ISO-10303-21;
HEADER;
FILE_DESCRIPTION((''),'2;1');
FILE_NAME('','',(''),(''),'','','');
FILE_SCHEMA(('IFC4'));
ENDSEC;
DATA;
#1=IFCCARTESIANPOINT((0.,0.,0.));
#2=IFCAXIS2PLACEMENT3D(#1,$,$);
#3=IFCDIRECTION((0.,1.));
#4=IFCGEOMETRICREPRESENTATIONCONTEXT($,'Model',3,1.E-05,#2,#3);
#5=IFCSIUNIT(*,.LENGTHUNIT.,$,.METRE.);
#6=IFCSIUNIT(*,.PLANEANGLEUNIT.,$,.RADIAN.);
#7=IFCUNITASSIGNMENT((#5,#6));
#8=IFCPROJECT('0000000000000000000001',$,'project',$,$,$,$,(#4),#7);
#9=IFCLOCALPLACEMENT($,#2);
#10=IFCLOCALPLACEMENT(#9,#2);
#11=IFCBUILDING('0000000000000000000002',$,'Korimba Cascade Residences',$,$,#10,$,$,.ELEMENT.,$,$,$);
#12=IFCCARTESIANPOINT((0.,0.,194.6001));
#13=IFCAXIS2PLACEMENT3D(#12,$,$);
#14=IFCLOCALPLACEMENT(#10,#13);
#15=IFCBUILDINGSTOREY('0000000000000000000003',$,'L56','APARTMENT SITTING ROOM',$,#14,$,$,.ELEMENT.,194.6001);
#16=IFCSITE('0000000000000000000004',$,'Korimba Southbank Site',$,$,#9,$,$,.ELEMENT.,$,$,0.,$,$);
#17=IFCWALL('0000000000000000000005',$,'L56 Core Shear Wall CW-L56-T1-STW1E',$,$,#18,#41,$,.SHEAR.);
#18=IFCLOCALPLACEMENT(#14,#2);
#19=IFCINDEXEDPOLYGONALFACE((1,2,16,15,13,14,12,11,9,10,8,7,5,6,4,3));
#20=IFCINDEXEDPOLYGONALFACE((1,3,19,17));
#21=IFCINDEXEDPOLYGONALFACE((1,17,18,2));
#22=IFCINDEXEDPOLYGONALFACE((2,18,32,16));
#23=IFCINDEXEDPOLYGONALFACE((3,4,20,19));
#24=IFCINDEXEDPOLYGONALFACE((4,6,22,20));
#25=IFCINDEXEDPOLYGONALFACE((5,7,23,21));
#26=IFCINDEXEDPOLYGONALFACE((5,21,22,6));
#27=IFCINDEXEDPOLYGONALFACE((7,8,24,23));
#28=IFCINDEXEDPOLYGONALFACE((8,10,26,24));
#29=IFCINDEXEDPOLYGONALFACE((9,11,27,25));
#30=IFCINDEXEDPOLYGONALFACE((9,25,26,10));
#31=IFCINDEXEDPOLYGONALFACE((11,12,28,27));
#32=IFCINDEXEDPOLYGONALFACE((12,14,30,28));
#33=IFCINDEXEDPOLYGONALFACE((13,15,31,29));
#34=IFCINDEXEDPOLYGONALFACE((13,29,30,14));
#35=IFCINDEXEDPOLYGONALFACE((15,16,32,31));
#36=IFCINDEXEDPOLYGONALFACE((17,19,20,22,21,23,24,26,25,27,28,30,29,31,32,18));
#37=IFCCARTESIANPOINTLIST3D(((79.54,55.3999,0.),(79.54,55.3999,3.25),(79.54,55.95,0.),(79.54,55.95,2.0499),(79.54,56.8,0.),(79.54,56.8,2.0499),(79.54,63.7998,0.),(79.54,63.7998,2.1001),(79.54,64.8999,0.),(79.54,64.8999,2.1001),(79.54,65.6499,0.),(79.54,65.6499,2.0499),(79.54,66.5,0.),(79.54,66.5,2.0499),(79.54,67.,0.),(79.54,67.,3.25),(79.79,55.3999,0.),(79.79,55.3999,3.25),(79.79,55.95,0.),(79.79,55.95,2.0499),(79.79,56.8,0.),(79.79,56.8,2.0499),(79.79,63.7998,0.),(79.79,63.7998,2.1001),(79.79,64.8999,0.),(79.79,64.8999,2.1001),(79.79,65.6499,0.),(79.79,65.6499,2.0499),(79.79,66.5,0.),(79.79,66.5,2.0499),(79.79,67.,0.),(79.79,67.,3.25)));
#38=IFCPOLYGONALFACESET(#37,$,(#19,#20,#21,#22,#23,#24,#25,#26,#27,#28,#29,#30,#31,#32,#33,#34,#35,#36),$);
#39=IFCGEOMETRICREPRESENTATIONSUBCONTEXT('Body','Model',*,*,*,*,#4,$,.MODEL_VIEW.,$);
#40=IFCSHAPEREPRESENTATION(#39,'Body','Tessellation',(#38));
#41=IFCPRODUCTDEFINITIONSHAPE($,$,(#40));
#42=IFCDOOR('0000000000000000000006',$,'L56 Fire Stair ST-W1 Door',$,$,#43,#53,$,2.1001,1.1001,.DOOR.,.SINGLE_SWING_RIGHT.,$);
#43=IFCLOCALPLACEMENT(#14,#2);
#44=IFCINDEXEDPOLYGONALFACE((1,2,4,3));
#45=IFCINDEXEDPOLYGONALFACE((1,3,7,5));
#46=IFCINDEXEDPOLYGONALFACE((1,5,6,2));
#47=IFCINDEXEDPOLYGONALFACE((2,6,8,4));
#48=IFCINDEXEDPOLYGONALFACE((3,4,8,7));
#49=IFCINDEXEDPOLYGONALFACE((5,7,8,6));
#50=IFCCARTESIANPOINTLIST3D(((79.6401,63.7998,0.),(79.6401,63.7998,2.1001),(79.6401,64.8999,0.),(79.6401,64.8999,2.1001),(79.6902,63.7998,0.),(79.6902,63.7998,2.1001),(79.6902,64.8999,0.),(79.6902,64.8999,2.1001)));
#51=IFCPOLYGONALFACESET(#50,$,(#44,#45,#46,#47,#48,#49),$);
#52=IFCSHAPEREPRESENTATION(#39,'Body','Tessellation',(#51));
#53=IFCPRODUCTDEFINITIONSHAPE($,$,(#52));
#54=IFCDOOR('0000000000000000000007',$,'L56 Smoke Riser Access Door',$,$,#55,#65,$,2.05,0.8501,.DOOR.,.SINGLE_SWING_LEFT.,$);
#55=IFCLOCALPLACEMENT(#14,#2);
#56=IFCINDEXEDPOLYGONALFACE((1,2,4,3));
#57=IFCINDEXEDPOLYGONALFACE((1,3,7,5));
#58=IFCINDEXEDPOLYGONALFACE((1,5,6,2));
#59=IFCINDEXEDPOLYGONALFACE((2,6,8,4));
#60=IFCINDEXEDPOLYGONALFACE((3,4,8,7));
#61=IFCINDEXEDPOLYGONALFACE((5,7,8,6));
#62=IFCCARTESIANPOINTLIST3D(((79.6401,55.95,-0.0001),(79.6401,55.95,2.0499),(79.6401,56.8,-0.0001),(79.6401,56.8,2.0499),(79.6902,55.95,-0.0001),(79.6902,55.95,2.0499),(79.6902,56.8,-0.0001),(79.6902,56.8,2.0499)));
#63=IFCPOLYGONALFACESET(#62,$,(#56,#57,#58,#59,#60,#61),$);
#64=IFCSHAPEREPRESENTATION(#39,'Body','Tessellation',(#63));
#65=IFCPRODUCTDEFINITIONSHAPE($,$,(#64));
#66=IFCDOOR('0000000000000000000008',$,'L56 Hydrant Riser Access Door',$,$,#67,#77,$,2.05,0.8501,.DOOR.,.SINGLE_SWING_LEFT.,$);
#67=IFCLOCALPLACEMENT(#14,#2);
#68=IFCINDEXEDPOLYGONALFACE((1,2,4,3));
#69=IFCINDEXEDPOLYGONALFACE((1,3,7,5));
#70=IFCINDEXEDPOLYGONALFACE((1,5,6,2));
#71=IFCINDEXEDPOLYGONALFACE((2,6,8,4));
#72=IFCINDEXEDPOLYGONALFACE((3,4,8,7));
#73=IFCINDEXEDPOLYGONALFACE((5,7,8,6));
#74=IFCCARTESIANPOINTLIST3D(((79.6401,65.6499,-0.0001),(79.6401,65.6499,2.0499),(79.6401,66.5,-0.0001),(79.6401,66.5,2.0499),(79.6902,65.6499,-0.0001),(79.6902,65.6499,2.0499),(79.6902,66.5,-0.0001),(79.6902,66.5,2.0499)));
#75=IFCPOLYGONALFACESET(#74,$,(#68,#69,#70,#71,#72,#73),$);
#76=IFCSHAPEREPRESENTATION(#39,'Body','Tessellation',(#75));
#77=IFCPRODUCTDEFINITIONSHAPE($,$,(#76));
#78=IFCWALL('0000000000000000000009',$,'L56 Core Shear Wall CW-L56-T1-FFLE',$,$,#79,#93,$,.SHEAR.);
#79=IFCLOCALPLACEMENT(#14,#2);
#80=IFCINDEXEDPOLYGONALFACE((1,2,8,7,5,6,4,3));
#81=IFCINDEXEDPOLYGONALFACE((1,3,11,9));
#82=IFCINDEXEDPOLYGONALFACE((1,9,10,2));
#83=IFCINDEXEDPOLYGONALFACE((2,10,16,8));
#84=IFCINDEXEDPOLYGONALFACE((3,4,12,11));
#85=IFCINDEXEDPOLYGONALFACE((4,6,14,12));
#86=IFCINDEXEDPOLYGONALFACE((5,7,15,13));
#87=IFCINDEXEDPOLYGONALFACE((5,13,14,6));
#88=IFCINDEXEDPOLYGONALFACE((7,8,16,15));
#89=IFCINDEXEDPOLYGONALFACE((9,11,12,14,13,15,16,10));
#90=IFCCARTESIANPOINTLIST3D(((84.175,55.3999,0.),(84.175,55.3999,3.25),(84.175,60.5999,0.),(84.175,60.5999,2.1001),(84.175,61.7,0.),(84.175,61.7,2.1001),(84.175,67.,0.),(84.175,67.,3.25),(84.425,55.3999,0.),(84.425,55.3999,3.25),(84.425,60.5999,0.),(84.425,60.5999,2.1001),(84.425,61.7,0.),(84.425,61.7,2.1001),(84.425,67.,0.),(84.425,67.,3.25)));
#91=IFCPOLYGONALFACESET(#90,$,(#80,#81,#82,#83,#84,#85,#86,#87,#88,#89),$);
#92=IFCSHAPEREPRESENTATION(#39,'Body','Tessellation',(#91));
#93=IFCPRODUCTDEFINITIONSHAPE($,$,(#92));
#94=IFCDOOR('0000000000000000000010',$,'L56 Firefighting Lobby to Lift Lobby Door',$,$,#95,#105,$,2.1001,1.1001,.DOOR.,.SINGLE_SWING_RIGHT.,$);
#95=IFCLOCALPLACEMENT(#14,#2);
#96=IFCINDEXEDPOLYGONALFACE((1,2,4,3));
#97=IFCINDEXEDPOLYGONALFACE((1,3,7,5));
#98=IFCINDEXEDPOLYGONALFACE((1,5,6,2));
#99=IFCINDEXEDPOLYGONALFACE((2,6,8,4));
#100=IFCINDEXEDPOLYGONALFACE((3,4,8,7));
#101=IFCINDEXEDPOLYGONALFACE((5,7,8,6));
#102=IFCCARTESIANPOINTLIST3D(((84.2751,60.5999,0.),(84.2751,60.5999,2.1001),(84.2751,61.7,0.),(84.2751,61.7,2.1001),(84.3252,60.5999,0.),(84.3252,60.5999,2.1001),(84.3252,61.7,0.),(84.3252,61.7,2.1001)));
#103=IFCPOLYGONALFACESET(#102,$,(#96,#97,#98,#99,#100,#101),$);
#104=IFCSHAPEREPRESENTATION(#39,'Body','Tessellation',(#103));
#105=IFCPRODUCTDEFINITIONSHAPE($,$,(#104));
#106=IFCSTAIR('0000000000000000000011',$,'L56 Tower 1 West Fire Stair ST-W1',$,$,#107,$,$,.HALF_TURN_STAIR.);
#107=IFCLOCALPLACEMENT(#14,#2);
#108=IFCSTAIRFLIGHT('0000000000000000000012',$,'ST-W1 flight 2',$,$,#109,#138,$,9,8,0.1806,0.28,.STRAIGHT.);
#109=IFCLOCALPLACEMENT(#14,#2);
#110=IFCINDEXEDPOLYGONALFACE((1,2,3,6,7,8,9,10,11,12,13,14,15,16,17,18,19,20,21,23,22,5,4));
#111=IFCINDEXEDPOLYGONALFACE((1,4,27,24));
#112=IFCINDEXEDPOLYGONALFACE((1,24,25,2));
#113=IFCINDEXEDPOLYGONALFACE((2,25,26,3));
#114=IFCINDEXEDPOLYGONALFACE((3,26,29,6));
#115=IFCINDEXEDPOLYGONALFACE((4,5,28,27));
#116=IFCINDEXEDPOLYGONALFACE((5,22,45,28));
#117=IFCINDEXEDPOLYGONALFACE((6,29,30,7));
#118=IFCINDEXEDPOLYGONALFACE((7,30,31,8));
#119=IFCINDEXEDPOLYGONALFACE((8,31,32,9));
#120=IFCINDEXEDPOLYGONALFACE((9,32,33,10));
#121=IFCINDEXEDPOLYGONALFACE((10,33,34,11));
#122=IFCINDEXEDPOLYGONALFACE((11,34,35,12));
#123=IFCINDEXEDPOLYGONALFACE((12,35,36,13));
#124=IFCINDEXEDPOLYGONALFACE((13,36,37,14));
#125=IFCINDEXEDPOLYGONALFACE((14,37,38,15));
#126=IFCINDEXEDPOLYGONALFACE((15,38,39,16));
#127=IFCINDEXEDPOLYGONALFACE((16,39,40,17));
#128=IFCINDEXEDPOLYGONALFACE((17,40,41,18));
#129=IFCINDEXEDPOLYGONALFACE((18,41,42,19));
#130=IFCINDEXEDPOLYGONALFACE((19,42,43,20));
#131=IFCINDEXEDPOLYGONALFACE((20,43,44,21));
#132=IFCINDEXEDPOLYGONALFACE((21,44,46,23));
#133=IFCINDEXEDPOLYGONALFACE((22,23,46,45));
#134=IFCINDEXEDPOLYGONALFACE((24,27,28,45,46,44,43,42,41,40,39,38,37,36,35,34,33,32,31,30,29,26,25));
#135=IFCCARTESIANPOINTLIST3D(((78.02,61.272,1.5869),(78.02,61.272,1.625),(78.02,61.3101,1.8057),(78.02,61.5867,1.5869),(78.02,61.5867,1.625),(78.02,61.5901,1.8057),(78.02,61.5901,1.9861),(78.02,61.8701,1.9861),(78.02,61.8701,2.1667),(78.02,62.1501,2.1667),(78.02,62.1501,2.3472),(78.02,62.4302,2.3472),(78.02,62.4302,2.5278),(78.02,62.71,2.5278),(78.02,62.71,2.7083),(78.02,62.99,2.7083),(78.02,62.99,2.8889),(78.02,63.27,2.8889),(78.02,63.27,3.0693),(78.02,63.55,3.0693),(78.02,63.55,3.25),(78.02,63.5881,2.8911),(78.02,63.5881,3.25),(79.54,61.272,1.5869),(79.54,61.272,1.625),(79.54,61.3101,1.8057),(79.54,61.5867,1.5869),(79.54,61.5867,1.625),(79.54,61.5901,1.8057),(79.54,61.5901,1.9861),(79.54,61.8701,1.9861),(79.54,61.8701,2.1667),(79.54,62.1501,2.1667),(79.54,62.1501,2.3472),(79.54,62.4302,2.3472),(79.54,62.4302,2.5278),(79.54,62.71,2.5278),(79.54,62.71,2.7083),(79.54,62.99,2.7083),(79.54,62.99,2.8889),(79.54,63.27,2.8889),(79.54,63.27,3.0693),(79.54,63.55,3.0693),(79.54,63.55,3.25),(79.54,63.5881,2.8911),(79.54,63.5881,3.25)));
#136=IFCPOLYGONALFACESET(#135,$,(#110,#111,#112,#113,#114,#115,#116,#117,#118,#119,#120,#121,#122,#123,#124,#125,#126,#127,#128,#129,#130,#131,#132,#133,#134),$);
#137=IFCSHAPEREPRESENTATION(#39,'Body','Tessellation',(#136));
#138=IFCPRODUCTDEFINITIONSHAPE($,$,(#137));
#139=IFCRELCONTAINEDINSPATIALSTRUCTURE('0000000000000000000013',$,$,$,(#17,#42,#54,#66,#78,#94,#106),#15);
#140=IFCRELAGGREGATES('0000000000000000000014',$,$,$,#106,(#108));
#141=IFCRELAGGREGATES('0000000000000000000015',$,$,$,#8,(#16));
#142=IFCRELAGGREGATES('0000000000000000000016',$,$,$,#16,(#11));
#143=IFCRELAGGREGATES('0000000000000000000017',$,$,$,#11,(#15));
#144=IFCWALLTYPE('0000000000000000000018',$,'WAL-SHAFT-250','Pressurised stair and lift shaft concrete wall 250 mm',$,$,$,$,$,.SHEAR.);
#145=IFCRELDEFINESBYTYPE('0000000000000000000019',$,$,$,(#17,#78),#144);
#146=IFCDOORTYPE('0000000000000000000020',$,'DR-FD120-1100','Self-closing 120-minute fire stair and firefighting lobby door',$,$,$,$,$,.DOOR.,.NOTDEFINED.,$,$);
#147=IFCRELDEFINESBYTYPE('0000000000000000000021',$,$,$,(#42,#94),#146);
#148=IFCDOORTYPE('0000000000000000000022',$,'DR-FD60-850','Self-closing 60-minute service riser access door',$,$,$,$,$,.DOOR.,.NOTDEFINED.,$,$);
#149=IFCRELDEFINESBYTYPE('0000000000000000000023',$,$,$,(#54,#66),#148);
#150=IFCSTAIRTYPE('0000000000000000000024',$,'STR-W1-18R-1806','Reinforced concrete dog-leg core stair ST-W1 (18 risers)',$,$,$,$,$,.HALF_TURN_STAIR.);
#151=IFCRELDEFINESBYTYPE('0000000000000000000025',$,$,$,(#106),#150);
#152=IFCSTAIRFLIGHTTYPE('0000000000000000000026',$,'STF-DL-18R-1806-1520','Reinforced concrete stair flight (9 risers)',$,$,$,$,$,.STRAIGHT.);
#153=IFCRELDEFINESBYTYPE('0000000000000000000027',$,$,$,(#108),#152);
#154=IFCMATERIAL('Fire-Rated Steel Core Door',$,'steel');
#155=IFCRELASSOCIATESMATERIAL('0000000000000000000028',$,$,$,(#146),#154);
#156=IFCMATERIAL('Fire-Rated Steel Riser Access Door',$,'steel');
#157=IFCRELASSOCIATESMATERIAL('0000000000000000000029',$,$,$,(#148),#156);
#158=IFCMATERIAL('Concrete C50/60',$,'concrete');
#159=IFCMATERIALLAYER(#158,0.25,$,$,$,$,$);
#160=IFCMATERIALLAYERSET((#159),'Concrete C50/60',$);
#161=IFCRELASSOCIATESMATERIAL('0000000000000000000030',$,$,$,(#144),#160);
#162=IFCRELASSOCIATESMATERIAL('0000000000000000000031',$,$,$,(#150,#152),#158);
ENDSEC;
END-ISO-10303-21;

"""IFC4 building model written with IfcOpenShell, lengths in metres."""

from ifc_helpers import new_model, si_unit, direction, frame, frame_2d, origin, place, context, subcontext, project, spatial, polyline, rectangle, outline, extrude, material, layer, layer_set, type_object, element, fill, aggregate, save


model = new_model("IFC4")

# Units and contexts
model_context = context("Model", 3, precision=1e-05, world=origin(), true_north=direction((0.0, 1.0)))
body_context = subcontext(model_context, "Body", "Model", "MODEL_VIEW")
ifc_project = project(units=[si_unit("LENGTHUNIT", "METRE"), si_unit("PLANEANGLEUNIT", "RADIAN")], contexts=[model_context])

# Site, building, storey
site_placement = place(None, origin())
site = spatial("IfcSite", under=ifc_project, at=site_placement, Name="Korimba Southbank Site", CompositionType="ELEMENT", RefElevation=0.0)
building_placement = place(site_placement, origin())
building = spatial("IfcBuilding", under=site, at=building_placement, Name="Korimba Cascade Residences", CompositionType="ELEMENT")
storey_placement = place(building_placement, frame((0.0, 0.0, 194.6001)))
storey = spatial("IfcBuildingStorey", under=building, at=storey_placement, Name="L56", Description="APARTMENT SITTING ROOM", CompositionType="ELEMENT", Elevation=194.6001)

# Shared definitions
ifc_material_1 = material(Name="Fire-Rated Steel Core Door", Category="steel")
door_type_1 = type_object("IfcDoorType", Name="DR-FD120-1100", Description="Self-closing 120-minute fire stair and firefighting lobby door", OperationType="NOTDEFINED", PredefinedType="DOOR", material=ifc_material_1)

# Wall, openings, doors
ifc_material_2 = material(Name="Fire-Rated Steel Riser Access Door", Category="steel")
door_type_2 = type_object("IfcDoorType", Name="DR-FD60-850", Description="Self-closing 60-minute service riser access door", OperationType="NOTDEFINED", PredefinedType="DOOR", material=ifc_material_2)
ifc_material_3 = material(Name="Concrete C50/60", Category="concrete")
ifc_layer_1 = layer(ifc_material_3, 0.25)
ifc_layer_set_1 = layer_set([ifc_layer_1], Name="Concrete C50/60")
wall_type_1 = type_object("IfcWallType", Name="WAL-SHAFT-250", Description="Pressurised stair and lift shaft concrete wall 250 mm", PredefinedType="SHEAR", material=ifc_layer_set_1)
wall_1_placement = place(storey_placement, frame((79.665, 55.3999, 0.0), z_axis=(0.0, 0.0, 1.0), x_axis=(0.0, 1.0, 0.0)))
wall_1 = element("IfcWall", 1, at=wall_1_placement, inside=storey, type_object=wall_type_1, Name="L56 Core Shear Wall CW-L56-T1-STW1E", PredefinedType="SHEAR", context=body_context, shape_type="SweptSolid", body=[
    extrude(rectangle(XDim=11.6001, YDim=0.25, at=frame_2d((5.8, 0.0))), origin(), (0.0, 0.0, 1.0), 3.25),
])
opening_1_placement = place(wall_1_placement, frame((0.55, 0.0, 0.0)))
opening_1 = element("IfcOpeningElement", 2, at=opening_1_placement, cuts=wall_1, PredefinedType="OPENING", context=body_context, shape_type="SweptSolid", body=[
    extrude(rectangle(XDim=0.8501, YDim=2.05, at=frame_2d((0.425, 1.0249))), frame((0.0, 0.135, 0.0), z_axis=(0.0, -1.0, 0.0), x_axis=(1.0, 0.0, 0.0)), (0.0, 0.0, 1.0), 0.27),
])
opening_2_placement = place(wall_1_placement, frame((8.3999, 0.0, 0.0)))
opening_2 = element("IfcOpeningElement", 3, at=opening_2_placement, cuts=wall_1, PredefinedType="OPENING", context=body_context, shape_type="SweptSolid", body=[
    extrude(rectangle(XDim=1.1001, YDim=2.1001, at=frame_2d((0.55, 1.05))), frame((0.0, 0.135, 0.0), z_axis=(0.0, -1.0, 0.0), x_axis=(1.0, 0.0, 0.0)), (0.0, 0.0, 1.0), 0.27),
])
opening_3_placement = place(wall_1_placement, frame((10.25, 0.0, 0.0)))
opening_3 = element("IfcOpeningElement", 4, at=opening_3_placement, cuts=wall_1, PredefinedType="OPENING", context=body_context, shape_type="SweptSolid", body=[
    extrude(rectangle(XDim=0.8501, YDim=2.05, at=frame_2d((0.425, 1.0249))), frame((0.0, 0.135, 0.0), z_axis=(0.0, -1.0, 0.0), x_axis=(1.0, 0.0, 0.0)), (0.0, 0.0, 1.0), 0.27),
])
door_1_placement = place(opening_2_placement, origin())
door_1 = element("IfcDoor", 5, at=door_1_placement, inside=storey, type_object=door_type_1, Name="L56 Fire Stair ST-W1 Door", OperationType="SINGLE_SWING_RIGHT", OverallHeight=2.1001, OverallWidth=1.1001, PredefinedType="DOOR", context=body_context, shape_type="SweptSolid", body=[
    extrude(rectangle(XDim=1.1001, YDim=2.1001, at=frame_2d((0.55, 1.05))), frame((0.0, 0.0249, 0.0), z_axis=(0.0, -1.0, 0.0), x_axis=(1.0, 0.0, 0.0)), (0.0, 0.0, 1.0), 0.05),
])
fill(opening_2, door_1)
door_2_placement = place(opening_1_placement, origin())
door_2 = element("IfcDoor", 6, at=door_2_placement, inside=storey, type_object=door_type_2, Name="L56 Smoke Riser Access Door", OperationType="SINGLE_SWING_LEFT", OverallHeight=2.05, OverallWidth=0.8501, PredefinedType="DOOR", context=body_context, shape_type="SweptSolid", body=[
    extrude(rectangle(XDim=0.8501, YDim=2.05, at=frame_2d((0.425, 1.0249))), frame((0.0, 0.0249, 0.0), z_axis=(0.0, -1.0, 0.0), x_axis=(1.0, 0.0, 0.0)), (0.0, 0.0, 1.0), 0.05),
])
fill(opening_1, door_2)
door_3_placement = place(opening_3_placement, origin())
door_3 = element("IfcDoor", 7, at=door_3_placement, inside=storey, type_object=door_type_2, Name="L56 Hydrant Riser Access Door", OperationType="SINGLE_SWING_LEFT", OverallHeight=2.05, OverallWidth=0.8501, PredefinedType="DOOR", context=body_context, shape_type="SweptSolid", body=[
    extrude(rectangle(XDim=0.8501, YDim=2.05, at=frame_2d((0.425, 1.0249))), frame((0.0, 0.0249, 0.0), z_axis=(0.0, -1.0, 0.0), x_axis=(1.0, 0.0, 0.0)), (0.0, 0.0, 1.0), 0.05),
])
fill(opening_3, door_3)

# Wall, opening, door
wall_2_placement = place(storey_placement, frame((84.3, 55.3999, 0.0), z_axis=(0.0, 0.0, 1.0), x_axis=(0.0, 1.0, 0.0)))
wall_2 = element("IfcWall", 8, at=wall_2_placement, inside=storey, type_object=wall_type_1, Name="L56 Core Shear Wall CW-L56-T1-FFLE", PredefinedType="SHEAR", context=body_context, shape_type="SweptSolid", body=[
    extrude(rectangle(XDim=11.6001, YDim=0.25, at=frame_2d((5.8, 0.0))), origin(), (0.0, 0.0, 1.0), 3.25),
])
opening_4_placement = place(wall_2_placement, frame((5.2, 0.0, 0.0)))
opening_4 = element("IfcOpeningElement", 9, at=opening_4_placement, cuts=wall_2, PredefinedType="OPENING", context=body_context, shape_type="SweptSolid", body=[
    extrude(rectangle(XDim=1.1001, YDim=2.1001, at=frame_2d((0.55, 1.05))), frame((0.0, 0.135, 0.0), z_axis=(0.0, -1.0, 0.0), x_axis=(1.0, 0.0, 0.0)), (0.0, 0.0, 1.0), 0.27),
])
door_4_placement = place(opening_4_placement, origin())
door_4 = element("IfcDoor", 10, at=door_4_placement, inside=storey, type_object=door_type_1, Name="L56 Firefighting Lobby to Lift Lobby Door", OperationType="SINGLE_SWING_RIGHT", OverallHeight=2.1001, OverallWidth=1.1001, PredefinedType="DOOR", context=body_context, shape_type="SweptSolid", body=[
    extrude(rectangle(XDim=1.1001, YDim=2.1001, at=frame_2d((0.55, 1.05))), frame((0.0, 0.0249, 0.0), z_axis=(0.0, -1.0, 0.0), x_axis=(1.0, 0.0, 0.0)), (0.0, 0.0, 1.0), 0.05),
])
fill(opening_4, door_4)

# Stair, stair flight
stair_type = type_object("IfcStairType", Name="STR-W1-18R-1806", Description="Reinforced concrete dog-leg core stair ST-W1 (18 risers)", PredefinedType="HALF_TURN_STAIR", material=ifc_material_3)
stair_placement = place(storey_placement, origin())
stair = element("IfcStair", 11, at=stair_placement, inside=storey, type_object=stair_type, Name="L56 Tower 1 West Fire Stair ST-W1", PredefinedType="HALF_TURN_STAIR")
stair_flight_type = type_object("IfcStairFlightType", Name="STF-DL-18R-1806-1520", Description="Reinforced concrete stair flight (9 risers)", PredefinedType="STRAIGHT", material=ifc_material_3)
stair_flight_placement = place(storey_placement, frame((78.78, 61.3101, 1.625), z_axis=(0.0, 0.0, 1.0), x_axis=(0.0, 1.0, 0.0)))
stair_flight = element("IfcStairFlight", 12, at=stair_flight_placement, type_object=stair_flight_type, Name="ST-W1 flight 2", NumberOfRisers=9, NumberOfTreads=8, PredefinedType="STRAIGHT", RiserHeight=0.1806, TreadLength=0.28, context=body_context, shape_type="SweptSolid", body=[
    extrude(outline(polyline([(-0.0381, 0.0), (0.0, 0.1807), (0.28, 0.1807), (0.28, 0.3611), (0.5601, 0.3611), (0.5601, 0.5417), (0.8401, 0.5417), (0.8401, 0.7222), (1.1201, 0.7222), (1.1201, 0.9028), (1.3999, 0.9028), (1.3999, 1.0833), (1.6799, 1.0833), (1.6799, 1.2639), (1.96, 1.2639), (1.96, 1.4443), (2.24, 1.4443), (2.24, 1.625), (2.2781, 1.625), (2.2781, 1.2661), (0.2766, 0.0), (0.2766, -0.0381), (-0.0381, -0.0381), (-0.0381, 0.0)])), frame((0.0, 0.76, 0.0), z_axis=(0.0, -1.0, 0.0), x_axis=(1.0, 0.0, 0.0)), (0.0, 0.0, 1.0), 1.52),
])
aggregate(stair, [stair_flight])

save(model, "model.ifc")
